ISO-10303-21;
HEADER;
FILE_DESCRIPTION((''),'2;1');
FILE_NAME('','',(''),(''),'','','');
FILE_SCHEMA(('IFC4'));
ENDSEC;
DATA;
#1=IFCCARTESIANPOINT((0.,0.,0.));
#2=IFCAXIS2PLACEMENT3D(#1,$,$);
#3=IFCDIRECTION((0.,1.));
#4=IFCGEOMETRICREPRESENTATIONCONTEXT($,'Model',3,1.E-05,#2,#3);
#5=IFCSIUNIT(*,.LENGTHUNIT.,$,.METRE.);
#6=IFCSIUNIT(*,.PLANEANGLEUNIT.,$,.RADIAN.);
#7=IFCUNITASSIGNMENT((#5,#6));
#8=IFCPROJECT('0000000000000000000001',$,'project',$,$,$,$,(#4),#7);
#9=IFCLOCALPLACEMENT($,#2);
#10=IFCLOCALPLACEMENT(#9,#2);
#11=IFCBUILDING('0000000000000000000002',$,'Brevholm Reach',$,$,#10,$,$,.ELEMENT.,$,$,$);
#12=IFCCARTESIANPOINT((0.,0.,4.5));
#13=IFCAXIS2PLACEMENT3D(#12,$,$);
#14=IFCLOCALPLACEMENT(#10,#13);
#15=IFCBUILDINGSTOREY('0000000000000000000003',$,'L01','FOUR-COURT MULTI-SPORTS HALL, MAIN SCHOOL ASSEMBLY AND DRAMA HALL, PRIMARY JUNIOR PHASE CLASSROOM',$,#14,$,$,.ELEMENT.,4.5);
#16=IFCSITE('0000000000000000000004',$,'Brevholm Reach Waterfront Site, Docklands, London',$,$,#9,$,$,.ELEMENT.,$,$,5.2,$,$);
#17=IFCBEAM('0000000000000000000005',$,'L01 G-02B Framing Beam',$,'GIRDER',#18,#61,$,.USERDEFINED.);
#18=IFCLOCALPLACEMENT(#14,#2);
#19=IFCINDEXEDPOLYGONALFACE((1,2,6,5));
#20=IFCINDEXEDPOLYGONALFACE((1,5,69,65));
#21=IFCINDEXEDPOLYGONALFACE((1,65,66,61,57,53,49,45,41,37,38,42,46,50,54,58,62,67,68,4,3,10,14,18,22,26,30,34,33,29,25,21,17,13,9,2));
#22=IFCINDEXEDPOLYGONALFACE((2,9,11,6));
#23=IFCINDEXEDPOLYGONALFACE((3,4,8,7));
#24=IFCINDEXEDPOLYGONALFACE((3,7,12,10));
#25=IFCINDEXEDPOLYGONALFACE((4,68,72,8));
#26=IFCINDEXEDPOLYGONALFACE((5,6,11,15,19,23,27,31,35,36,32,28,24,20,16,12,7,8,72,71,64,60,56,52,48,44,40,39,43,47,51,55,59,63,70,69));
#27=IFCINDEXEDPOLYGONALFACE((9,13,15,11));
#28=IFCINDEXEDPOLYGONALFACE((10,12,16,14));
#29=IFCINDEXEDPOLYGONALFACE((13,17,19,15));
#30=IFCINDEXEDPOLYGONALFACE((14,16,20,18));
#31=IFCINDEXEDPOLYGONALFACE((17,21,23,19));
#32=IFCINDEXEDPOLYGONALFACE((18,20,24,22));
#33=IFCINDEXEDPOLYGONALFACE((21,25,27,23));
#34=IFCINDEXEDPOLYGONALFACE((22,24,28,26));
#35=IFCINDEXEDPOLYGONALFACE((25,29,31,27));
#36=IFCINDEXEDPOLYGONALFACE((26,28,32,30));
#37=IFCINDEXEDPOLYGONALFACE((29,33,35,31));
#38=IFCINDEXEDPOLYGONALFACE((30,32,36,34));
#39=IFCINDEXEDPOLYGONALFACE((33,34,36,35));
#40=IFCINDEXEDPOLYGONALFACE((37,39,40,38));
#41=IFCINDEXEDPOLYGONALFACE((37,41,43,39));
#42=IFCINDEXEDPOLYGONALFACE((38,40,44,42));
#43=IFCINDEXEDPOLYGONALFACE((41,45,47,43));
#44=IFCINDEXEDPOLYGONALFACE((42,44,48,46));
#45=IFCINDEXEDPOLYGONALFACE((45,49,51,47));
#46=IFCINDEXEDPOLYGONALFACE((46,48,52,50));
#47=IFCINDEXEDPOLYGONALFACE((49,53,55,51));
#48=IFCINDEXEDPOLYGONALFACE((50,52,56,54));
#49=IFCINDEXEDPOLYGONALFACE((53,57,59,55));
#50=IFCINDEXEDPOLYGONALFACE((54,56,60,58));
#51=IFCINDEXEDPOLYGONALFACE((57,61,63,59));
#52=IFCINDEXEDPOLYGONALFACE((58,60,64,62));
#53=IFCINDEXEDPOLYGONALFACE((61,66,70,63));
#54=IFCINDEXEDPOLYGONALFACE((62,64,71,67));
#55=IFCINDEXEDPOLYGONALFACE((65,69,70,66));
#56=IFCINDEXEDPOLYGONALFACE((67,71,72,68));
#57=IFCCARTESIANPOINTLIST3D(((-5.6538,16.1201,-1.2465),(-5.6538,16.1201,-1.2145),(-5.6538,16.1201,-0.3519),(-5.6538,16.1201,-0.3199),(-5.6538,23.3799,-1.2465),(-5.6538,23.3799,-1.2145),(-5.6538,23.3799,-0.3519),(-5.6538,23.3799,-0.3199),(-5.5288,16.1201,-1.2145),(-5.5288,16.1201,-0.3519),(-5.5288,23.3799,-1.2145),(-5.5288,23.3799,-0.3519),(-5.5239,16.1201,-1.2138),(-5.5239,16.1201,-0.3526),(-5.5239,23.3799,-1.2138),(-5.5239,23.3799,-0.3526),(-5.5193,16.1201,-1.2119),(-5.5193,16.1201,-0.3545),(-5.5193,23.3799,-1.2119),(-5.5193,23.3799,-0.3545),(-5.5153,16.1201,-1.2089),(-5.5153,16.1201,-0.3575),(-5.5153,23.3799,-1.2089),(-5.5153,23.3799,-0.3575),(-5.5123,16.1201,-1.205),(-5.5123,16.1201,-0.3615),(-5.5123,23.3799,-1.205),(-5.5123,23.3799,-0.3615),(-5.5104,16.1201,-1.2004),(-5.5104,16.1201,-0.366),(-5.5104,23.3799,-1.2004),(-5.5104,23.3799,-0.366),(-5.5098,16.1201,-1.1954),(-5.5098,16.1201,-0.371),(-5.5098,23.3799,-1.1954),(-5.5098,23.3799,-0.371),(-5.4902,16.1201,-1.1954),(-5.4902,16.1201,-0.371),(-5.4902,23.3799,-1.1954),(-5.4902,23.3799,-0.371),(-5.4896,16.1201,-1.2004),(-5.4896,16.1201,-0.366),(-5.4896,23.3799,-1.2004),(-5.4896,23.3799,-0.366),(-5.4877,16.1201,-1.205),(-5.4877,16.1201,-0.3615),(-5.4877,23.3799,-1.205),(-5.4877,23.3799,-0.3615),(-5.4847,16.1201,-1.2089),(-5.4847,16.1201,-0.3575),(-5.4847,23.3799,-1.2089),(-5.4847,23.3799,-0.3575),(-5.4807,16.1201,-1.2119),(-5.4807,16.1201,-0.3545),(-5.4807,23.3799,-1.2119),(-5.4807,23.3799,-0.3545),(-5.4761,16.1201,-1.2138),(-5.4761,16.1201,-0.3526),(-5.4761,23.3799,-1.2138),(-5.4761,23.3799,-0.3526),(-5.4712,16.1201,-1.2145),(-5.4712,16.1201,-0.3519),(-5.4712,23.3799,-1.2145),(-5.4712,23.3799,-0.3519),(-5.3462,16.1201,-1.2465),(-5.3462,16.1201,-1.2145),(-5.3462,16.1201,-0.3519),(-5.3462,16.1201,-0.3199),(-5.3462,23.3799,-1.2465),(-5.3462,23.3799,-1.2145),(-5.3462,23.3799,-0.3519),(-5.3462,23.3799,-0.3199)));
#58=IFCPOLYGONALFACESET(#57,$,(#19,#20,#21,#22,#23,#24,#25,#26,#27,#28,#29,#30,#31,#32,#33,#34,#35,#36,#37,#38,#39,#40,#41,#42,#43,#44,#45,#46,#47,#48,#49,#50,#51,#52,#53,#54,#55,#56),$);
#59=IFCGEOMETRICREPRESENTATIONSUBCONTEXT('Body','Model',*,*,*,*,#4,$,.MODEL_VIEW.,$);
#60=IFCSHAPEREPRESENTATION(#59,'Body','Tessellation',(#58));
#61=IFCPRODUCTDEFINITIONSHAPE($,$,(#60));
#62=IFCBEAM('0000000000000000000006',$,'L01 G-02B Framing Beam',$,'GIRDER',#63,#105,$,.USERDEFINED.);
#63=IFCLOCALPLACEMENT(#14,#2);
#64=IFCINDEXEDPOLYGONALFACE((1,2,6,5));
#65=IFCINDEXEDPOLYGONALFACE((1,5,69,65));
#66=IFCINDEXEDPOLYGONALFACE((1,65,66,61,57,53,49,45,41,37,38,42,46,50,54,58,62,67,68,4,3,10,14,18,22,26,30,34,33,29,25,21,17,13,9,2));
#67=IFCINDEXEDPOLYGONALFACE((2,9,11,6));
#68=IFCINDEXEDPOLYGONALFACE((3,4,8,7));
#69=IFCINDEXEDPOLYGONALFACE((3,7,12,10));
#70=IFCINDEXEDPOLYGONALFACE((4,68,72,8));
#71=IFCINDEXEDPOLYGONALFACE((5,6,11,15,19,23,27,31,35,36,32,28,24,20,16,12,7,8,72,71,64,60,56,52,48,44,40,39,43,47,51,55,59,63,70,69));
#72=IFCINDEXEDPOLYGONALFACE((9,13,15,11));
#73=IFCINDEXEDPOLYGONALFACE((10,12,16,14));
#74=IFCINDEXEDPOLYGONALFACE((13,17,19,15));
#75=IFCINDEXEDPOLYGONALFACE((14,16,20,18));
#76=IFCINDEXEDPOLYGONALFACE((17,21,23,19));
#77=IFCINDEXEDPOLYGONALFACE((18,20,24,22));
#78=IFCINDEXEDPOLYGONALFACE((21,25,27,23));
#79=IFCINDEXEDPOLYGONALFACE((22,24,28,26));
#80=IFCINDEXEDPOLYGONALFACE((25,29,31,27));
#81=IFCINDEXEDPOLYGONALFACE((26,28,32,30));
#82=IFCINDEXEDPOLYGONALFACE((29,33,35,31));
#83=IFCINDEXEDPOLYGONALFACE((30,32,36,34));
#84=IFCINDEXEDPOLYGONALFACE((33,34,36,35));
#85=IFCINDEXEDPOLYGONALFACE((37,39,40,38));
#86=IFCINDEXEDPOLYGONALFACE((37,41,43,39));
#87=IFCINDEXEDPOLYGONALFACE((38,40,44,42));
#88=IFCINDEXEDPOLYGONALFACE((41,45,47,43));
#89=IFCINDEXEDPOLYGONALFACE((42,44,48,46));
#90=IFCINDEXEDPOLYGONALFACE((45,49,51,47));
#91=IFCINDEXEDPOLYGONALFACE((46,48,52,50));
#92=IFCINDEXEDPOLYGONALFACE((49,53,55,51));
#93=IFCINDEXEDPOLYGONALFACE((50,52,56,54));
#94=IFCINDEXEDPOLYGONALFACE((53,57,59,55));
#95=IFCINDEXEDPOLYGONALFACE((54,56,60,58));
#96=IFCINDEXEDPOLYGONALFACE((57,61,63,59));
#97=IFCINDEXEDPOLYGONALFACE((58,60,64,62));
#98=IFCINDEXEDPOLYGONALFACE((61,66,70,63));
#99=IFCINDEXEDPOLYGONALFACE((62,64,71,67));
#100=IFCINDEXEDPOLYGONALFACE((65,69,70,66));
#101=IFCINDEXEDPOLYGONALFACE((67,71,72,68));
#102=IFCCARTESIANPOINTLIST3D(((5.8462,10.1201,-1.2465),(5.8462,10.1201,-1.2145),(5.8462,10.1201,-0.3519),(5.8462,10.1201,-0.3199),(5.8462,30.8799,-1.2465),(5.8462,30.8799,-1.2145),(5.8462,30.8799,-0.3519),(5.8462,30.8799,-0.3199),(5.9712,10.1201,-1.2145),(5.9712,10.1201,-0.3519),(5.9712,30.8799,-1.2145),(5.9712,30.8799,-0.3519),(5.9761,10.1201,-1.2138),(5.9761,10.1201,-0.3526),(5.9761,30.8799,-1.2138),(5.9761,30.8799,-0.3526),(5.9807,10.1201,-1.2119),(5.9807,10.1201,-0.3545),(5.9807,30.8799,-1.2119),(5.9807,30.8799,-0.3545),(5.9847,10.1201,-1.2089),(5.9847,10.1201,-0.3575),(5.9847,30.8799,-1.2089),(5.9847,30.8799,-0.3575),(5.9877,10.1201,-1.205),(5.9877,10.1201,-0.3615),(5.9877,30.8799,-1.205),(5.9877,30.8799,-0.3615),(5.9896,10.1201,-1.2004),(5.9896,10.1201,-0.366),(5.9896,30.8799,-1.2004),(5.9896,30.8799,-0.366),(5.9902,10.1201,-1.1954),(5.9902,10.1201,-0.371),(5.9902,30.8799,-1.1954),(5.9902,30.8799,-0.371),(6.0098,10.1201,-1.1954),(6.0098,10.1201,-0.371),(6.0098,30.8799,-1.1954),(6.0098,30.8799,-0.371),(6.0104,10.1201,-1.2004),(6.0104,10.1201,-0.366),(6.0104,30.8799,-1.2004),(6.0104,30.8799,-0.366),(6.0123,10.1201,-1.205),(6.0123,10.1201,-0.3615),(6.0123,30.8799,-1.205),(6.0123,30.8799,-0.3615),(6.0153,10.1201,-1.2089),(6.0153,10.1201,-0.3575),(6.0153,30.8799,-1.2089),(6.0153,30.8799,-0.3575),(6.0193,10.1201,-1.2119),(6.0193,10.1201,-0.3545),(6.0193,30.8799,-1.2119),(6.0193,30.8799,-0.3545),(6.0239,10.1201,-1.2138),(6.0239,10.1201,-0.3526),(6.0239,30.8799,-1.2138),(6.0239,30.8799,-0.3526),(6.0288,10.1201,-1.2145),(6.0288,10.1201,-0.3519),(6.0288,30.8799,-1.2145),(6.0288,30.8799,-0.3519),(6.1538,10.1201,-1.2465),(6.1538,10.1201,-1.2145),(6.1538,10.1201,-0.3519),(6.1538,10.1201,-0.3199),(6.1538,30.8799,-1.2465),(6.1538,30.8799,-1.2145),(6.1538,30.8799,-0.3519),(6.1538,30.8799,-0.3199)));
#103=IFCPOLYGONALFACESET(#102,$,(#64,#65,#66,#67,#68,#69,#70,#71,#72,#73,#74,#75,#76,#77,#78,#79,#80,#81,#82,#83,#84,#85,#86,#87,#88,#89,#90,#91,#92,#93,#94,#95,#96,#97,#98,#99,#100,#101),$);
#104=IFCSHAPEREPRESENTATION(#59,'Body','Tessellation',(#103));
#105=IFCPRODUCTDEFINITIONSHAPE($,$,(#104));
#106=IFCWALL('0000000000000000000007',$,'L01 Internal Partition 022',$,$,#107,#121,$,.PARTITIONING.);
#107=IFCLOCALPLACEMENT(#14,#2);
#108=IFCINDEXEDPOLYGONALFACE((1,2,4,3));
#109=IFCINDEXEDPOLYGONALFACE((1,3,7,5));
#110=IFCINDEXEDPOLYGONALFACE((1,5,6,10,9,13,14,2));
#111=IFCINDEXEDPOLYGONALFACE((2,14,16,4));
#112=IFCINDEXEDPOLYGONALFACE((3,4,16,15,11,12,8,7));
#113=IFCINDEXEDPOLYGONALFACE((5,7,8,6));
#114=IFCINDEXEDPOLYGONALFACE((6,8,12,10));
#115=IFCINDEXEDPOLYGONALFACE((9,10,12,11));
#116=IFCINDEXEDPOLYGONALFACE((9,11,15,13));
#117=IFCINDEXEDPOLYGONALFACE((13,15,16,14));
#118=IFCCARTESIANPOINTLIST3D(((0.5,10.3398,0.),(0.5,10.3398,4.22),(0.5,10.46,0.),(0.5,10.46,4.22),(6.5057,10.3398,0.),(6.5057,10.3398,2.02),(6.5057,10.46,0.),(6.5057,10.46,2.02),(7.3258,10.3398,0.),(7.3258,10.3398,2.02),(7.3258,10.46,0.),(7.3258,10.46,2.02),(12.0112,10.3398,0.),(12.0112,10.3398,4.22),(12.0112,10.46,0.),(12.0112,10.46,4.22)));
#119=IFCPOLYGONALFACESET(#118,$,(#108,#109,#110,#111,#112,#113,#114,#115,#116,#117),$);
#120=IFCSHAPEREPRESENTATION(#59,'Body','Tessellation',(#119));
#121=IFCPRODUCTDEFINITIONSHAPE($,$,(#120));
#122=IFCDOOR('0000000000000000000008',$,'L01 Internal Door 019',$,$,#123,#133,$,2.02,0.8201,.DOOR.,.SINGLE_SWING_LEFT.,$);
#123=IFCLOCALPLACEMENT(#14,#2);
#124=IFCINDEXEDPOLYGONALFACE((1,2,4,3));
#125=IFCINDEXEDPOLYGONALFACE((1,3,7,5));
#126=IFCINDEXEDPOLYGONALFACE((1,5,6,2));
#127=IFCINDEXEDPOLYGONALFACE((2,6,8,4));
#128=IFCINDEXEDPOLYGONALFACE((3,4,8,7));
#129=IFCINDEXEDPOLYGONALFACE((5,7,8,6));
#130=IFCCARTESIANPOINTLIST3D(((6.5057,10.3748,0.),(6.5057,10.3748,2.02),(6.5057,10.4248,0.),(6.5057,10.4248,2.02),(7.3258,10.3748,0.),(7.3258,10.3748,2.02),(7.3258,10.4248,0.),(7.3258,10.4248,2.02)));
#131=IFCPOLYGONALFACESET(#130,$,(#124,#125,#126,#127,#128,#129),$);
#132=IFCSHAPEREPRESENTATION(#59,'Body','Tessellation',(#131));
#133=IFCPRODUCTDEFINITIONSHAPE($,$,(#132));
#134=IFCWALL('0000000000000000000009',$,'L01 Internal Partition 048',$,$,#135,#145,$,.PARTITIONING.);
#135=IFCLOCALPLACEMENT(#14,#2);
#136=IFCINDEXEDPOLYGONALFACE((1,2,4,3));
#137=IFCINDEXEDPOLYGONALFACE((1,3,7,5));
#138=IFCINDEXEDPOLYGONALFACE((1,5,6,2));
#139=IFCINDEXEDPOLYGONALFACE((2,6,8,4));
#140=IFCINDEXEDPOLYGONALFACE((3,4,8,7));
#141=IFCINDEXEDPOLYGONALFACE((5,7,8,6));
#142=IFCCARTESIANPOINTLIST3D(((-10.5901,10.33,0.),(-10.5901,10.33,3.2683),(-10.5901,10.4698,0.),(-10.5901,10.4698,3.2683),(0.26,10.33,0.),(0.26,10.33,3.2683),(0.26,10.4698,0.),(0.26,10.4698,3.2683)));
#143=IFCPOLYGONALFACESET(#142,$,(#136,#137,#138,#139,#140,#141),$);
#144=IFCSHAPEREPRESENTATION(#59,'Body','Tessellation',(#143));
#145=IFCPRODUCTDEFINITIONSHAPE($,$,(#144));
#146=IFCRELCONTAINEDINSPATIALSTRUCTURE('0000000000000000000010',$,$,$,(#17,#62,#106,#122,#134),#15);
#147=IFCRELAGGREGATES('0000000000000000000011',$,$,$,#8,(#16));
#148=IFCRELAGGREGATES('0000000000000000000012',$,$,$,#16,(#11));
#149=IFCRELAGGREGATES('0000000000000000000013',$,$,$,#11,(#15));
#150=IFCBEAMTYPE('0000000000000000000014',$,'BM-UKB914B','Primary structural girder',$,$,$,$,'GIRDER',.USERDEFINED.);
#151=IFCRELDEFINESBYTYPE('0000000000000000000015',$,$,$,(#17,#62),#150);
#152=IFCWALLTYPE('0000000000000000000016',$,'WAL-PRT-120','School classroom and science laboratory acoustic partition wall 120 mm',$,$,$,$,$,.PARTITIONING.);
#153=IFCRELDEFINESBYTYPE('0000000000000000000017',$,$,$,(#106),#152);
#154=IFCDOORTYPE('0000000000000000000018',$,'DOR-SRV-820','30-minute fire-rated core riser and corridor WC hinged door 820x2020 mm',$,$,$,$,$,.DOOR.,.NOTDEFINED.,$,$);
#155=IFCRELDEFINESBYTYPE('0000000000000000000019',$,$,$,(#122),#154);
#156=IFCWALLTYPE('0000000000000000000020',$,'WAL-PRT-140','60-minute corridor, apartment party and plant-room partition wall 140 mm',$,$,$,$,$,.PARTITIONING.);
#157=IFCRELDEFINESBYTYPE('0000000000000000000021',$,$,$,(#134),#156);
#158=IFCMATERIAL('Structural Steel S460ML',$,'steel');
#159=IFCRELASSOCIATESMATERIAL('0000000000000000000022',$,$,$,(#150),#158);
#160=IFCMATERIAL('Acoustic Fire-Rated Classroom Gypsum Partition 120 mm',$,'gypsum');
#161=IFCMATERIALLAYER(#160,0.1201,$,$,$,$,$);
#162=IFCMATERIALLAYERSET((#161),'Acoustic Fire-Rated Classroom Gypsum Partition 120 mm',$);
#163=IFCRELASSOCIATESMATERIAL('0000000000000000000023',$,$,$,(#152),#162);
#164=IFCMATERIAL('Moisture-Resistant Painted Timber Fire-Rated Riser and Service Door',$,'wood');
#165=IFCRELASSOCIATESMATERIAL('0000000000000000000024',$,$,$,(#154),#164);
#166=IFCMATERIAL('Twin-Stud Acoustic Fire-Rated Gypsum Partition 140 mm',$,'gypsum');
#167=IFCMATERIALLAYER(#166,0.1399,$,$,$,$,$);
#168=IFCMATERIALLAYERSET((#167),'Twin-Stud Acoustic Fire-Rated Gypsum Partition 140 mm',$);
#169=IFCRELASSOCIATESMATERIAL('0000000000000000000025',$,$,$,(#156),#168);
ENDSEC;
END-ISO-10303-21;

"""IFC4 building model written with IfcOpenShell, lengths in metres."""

from ifc_helpers import new_model, si_unit, direction, frame, frame_2d, origin, origin_2d, place, context, subcontext, project, spatial, rectangle, i_section, extrude, material, layer, layer_set, material_profile, profile_set, type_object, element, fill, save


model = new_model("IFC4")

# Units and contexts
model_context = context("Model", 3, precision=1e-05, world=origin(), true_north=direction((0.0, 1.0)))
body_context = subcontext(model_context, "Body", "Model", "MODEL_VIEW")
ifc_project = project(units=[si_unit("LENGTHUNIT", "METRE"), si_unit("PLANEANGLEUNIT", "RADIAN")], contexts=[model_context])

# Site, building, storey
site_placement = place(None, origin())
site = spatial("IfcSite", under=ifc_project, at=site_placement, Name="Brevholm Reach Waterfront Site, Docklands, London", CompositionType="ELEMENT", RefElevation=5.2)
building_placement = place(site_placement, origin())
building = spatial("IfcBuilding", under=site, at=building_placement, Name="Brevholm Reach", CompositionType="ELEMENT")
storey_placement = place(building_placement, frame((0.0, 0.0, 4.5)))
storey = spatial("IfcBuildingStorey", under=building, at=storey_placement, Name="L01", Description="FOUR-COURT MULTI-SPORTS HALL, MAIN SCHOOL ASSEMBLY AND DRAMA HALL, PRIMARY JUNIOR PHASE CLASSROOM", CompositionType="ELEMENT", Elevation=4.5)

# Beams
ifc_material_1 = material(Name="Structural Steel S460ML", Category="steel")
ifc_material_profile_1 = material_profile(ifc_material_1, i_section(OverallWidth=0.3076, OverallDepth=0.9265, WebThickness=0.0195, FlangeThickness=0.032, FilletRadius=0.019, at=origin_2d()), Name="UKB 914x305x289")
ifc_profile_set_1 = profile_set([ifc_material_profile_1], Name="Structural Steel S460ML")
beam_type_1 = type_object("IfcBeamType", Name="BM-UKB914B", Description="Primary structural girder", ElementType="GIRDER", PredefinedType="USERDEFINED", material=ifc_profile_set_1)
beam_1_placement = place(storey_placement, frame((-5.5, 16.1201, -0.7832), z_axis=(0.0, 1.0, 0.0), x_axis=(-1.0, 0.0, 0.0)))
element("IfcBeam", 1, at=beam_1_placement, inside=storey, type_object=beam_type_1, Name="L01 G-02B Framing Beam", ObjectType="GIRDER", PredefinedType="USERDEFINED", context=body_context, shape_type="SweptSolid", body=[
    extrude(i_section(OverallWidth=0.3076, OverallDepth=0.9265, WebThickness=0.0195, FlangeThickness=0.032, FilletRadius=0.019, at=origin_2d()), origin(), (0.0, 0.0, 1.0), 7.2598),
])
beam_2_placement = place(storey_placement, frame((6.0, 10.1201, -0.7832), z_axis=(0.0, 1.0, 0.0), x_axis=(-1.0, 0.0, 0.0)))
element("IfcBeam", 2, at=beam_2_placement, inside=storey, type_object=beam_type_1, Name="L01 G-02B Framing Beam", ObjectType="GIRDER", PredefinedType="USERDEFINED", context=body_context, shape_type="SweptSolid", body=[
    extrude(i_section(OverallWidth=0.3076, OverallDepth=0.9265, WebThickness=0.0195, FlangeThickness=0.032, FilletRadius=0.019, at=origin_2d()), origin(), (0.0, 0.0, 1.0), 20.7598),
])

# Wall, opening, door
ifc_material_2 = material(Name="Acoustic Fire-Rated Classroom Gypsum Partition 120 mm", Category="gypsum")
ifc_layer_1 = layer(ifc_material_2, 0.1201)
ifc_layer_set_1 = layer_set([ifc_layer_1], Name="Acoustic Fire-Rated Classroom Gypsum Partition 120 mm")
wall_type_1 = type_object("IfcWallType", Name="WAL-PRT-120", Description="School classroom and science laboratory acoustic partition wall 120 mm", PredefinedType="PARTITIONING", material=ifc_layer_set_1)
wall_1_placement = place(storey_placement, frame((0.5, 10.3999, 0.0), z_axis=(0.0, 0.0, 1.0), x_axis=(1.0, 0.0, 0.0)))
wall_1 = element("IfcWall", 3, at=wall_1_placement, inside=storey, type_object=wall_type_1, Name="L01 Internal Partition 022", PredefinedType="PARTITIONING", context=body_context, shape_type="SweptSolid", body=[
    extrude(rectangle(XDim=11.5112, YDim=0.1201, at=frame_2d((5.7556, 0.0))), origin(), (0.0, 0.0, 1.0), 4.22),
])
opening_placement = place(wall_1_placement, frame((6.0056, 0.0, 0.0)))
opening = element("IfcOpeningElement", 4, at=opening_placement, cuts=wall_1, PredefinedType="OPENING", context=body_context, shape_type="SweptSolid", body=[
    extrude(rectangle(XDim=0.8201, YDim=2.02, at=frame_2d((0.4102, 1.01))), frame((0.0, 0.0701, 0.0), z_axis=(0.0, -1.0, 0.0), x_axis=(1.0, 0.0, 0.0)), (0.0, 0.0, 1.0), 0.1401),
])
ifc_material_3 = material(Name="Moisture-Resistant Painted Timber Fire-Rated Riser and Service Door", Category="wood")
door_type = type_object("IfcDoorType", Name="DOR-SRV-820", Description="30-minute fire-rated core riser and corridor WC hinged door 820x2020 mm", OperationType="NOTDEFINED", PredefinedType="DOOR", material=ifc_material_3)
door_placement = place(opening_placement, origin())
door = element("IfcDoor", 5, at=door_placement, inside=storey, type_object=door_type, Name="L01 Internal Door 019", OperationType="SINGLE_SWING_LEFT", OverallHeight=2.02, OverallWidth=0.8201, PredefinedType="DOOR", context=body_context, shape_type="SweptSolid", body=[
    extrude(rectangle(XDim=0.8201, YDim=2.02, at=frame_2d((0.4102, 1.01))), frame((0.0, 0.0249, 0.0), z_axis=(0.0, -1.0, 0.0), x_axis=(1.0, 0.0, 0.0)), (0.0, 0.0, 1.0), 0.05),
])
fill(opening, door)

# Wall
ifc_material_4 = material(Name="Twin-Stud Acoustic Fire-Rated Gypsum Partition 140 mm", Category="gypsum")
ifc_layer_2 = layer(ifc_material_4, 0.1399)
ifc_layer_set_2 = layer_set([ifc_layer_2], Name="Twin-Stud Acoustic Fire-Rated Gypsum Partition 140 mm")
wall_type_2 = type_object("IfcWallType", Name="WAL-PRT-140", Description="60-minute corridor, apartment party and plant-room partition wall 140 mm", PredefinedType="PARTITIONING", material=ifc_layer_set_2)
wall_2_placement = place(storey_placement, frame((-10.5901, 10.3999, 0.0), z_axis=(0.0, 0.0, 1.0), x_axis=(1.0, 0.0, 0.0)))
element("IfcWall", 6, at=wall_2_placement, inside=storey, type_object=wall_type_2, Name="L01 Internal Partition 048", PredefinedType="PARTITIONING", context=body_context, shape_type="SweptSolid", body=[
    extrude(rectangle(XDim=10.8501, YDim=0.1399, at=frame_2d((5.425, 0.0))), origin(), (0.0, 0.0, 1.0), 3.2683),
])

save(model, "model.ifc")
